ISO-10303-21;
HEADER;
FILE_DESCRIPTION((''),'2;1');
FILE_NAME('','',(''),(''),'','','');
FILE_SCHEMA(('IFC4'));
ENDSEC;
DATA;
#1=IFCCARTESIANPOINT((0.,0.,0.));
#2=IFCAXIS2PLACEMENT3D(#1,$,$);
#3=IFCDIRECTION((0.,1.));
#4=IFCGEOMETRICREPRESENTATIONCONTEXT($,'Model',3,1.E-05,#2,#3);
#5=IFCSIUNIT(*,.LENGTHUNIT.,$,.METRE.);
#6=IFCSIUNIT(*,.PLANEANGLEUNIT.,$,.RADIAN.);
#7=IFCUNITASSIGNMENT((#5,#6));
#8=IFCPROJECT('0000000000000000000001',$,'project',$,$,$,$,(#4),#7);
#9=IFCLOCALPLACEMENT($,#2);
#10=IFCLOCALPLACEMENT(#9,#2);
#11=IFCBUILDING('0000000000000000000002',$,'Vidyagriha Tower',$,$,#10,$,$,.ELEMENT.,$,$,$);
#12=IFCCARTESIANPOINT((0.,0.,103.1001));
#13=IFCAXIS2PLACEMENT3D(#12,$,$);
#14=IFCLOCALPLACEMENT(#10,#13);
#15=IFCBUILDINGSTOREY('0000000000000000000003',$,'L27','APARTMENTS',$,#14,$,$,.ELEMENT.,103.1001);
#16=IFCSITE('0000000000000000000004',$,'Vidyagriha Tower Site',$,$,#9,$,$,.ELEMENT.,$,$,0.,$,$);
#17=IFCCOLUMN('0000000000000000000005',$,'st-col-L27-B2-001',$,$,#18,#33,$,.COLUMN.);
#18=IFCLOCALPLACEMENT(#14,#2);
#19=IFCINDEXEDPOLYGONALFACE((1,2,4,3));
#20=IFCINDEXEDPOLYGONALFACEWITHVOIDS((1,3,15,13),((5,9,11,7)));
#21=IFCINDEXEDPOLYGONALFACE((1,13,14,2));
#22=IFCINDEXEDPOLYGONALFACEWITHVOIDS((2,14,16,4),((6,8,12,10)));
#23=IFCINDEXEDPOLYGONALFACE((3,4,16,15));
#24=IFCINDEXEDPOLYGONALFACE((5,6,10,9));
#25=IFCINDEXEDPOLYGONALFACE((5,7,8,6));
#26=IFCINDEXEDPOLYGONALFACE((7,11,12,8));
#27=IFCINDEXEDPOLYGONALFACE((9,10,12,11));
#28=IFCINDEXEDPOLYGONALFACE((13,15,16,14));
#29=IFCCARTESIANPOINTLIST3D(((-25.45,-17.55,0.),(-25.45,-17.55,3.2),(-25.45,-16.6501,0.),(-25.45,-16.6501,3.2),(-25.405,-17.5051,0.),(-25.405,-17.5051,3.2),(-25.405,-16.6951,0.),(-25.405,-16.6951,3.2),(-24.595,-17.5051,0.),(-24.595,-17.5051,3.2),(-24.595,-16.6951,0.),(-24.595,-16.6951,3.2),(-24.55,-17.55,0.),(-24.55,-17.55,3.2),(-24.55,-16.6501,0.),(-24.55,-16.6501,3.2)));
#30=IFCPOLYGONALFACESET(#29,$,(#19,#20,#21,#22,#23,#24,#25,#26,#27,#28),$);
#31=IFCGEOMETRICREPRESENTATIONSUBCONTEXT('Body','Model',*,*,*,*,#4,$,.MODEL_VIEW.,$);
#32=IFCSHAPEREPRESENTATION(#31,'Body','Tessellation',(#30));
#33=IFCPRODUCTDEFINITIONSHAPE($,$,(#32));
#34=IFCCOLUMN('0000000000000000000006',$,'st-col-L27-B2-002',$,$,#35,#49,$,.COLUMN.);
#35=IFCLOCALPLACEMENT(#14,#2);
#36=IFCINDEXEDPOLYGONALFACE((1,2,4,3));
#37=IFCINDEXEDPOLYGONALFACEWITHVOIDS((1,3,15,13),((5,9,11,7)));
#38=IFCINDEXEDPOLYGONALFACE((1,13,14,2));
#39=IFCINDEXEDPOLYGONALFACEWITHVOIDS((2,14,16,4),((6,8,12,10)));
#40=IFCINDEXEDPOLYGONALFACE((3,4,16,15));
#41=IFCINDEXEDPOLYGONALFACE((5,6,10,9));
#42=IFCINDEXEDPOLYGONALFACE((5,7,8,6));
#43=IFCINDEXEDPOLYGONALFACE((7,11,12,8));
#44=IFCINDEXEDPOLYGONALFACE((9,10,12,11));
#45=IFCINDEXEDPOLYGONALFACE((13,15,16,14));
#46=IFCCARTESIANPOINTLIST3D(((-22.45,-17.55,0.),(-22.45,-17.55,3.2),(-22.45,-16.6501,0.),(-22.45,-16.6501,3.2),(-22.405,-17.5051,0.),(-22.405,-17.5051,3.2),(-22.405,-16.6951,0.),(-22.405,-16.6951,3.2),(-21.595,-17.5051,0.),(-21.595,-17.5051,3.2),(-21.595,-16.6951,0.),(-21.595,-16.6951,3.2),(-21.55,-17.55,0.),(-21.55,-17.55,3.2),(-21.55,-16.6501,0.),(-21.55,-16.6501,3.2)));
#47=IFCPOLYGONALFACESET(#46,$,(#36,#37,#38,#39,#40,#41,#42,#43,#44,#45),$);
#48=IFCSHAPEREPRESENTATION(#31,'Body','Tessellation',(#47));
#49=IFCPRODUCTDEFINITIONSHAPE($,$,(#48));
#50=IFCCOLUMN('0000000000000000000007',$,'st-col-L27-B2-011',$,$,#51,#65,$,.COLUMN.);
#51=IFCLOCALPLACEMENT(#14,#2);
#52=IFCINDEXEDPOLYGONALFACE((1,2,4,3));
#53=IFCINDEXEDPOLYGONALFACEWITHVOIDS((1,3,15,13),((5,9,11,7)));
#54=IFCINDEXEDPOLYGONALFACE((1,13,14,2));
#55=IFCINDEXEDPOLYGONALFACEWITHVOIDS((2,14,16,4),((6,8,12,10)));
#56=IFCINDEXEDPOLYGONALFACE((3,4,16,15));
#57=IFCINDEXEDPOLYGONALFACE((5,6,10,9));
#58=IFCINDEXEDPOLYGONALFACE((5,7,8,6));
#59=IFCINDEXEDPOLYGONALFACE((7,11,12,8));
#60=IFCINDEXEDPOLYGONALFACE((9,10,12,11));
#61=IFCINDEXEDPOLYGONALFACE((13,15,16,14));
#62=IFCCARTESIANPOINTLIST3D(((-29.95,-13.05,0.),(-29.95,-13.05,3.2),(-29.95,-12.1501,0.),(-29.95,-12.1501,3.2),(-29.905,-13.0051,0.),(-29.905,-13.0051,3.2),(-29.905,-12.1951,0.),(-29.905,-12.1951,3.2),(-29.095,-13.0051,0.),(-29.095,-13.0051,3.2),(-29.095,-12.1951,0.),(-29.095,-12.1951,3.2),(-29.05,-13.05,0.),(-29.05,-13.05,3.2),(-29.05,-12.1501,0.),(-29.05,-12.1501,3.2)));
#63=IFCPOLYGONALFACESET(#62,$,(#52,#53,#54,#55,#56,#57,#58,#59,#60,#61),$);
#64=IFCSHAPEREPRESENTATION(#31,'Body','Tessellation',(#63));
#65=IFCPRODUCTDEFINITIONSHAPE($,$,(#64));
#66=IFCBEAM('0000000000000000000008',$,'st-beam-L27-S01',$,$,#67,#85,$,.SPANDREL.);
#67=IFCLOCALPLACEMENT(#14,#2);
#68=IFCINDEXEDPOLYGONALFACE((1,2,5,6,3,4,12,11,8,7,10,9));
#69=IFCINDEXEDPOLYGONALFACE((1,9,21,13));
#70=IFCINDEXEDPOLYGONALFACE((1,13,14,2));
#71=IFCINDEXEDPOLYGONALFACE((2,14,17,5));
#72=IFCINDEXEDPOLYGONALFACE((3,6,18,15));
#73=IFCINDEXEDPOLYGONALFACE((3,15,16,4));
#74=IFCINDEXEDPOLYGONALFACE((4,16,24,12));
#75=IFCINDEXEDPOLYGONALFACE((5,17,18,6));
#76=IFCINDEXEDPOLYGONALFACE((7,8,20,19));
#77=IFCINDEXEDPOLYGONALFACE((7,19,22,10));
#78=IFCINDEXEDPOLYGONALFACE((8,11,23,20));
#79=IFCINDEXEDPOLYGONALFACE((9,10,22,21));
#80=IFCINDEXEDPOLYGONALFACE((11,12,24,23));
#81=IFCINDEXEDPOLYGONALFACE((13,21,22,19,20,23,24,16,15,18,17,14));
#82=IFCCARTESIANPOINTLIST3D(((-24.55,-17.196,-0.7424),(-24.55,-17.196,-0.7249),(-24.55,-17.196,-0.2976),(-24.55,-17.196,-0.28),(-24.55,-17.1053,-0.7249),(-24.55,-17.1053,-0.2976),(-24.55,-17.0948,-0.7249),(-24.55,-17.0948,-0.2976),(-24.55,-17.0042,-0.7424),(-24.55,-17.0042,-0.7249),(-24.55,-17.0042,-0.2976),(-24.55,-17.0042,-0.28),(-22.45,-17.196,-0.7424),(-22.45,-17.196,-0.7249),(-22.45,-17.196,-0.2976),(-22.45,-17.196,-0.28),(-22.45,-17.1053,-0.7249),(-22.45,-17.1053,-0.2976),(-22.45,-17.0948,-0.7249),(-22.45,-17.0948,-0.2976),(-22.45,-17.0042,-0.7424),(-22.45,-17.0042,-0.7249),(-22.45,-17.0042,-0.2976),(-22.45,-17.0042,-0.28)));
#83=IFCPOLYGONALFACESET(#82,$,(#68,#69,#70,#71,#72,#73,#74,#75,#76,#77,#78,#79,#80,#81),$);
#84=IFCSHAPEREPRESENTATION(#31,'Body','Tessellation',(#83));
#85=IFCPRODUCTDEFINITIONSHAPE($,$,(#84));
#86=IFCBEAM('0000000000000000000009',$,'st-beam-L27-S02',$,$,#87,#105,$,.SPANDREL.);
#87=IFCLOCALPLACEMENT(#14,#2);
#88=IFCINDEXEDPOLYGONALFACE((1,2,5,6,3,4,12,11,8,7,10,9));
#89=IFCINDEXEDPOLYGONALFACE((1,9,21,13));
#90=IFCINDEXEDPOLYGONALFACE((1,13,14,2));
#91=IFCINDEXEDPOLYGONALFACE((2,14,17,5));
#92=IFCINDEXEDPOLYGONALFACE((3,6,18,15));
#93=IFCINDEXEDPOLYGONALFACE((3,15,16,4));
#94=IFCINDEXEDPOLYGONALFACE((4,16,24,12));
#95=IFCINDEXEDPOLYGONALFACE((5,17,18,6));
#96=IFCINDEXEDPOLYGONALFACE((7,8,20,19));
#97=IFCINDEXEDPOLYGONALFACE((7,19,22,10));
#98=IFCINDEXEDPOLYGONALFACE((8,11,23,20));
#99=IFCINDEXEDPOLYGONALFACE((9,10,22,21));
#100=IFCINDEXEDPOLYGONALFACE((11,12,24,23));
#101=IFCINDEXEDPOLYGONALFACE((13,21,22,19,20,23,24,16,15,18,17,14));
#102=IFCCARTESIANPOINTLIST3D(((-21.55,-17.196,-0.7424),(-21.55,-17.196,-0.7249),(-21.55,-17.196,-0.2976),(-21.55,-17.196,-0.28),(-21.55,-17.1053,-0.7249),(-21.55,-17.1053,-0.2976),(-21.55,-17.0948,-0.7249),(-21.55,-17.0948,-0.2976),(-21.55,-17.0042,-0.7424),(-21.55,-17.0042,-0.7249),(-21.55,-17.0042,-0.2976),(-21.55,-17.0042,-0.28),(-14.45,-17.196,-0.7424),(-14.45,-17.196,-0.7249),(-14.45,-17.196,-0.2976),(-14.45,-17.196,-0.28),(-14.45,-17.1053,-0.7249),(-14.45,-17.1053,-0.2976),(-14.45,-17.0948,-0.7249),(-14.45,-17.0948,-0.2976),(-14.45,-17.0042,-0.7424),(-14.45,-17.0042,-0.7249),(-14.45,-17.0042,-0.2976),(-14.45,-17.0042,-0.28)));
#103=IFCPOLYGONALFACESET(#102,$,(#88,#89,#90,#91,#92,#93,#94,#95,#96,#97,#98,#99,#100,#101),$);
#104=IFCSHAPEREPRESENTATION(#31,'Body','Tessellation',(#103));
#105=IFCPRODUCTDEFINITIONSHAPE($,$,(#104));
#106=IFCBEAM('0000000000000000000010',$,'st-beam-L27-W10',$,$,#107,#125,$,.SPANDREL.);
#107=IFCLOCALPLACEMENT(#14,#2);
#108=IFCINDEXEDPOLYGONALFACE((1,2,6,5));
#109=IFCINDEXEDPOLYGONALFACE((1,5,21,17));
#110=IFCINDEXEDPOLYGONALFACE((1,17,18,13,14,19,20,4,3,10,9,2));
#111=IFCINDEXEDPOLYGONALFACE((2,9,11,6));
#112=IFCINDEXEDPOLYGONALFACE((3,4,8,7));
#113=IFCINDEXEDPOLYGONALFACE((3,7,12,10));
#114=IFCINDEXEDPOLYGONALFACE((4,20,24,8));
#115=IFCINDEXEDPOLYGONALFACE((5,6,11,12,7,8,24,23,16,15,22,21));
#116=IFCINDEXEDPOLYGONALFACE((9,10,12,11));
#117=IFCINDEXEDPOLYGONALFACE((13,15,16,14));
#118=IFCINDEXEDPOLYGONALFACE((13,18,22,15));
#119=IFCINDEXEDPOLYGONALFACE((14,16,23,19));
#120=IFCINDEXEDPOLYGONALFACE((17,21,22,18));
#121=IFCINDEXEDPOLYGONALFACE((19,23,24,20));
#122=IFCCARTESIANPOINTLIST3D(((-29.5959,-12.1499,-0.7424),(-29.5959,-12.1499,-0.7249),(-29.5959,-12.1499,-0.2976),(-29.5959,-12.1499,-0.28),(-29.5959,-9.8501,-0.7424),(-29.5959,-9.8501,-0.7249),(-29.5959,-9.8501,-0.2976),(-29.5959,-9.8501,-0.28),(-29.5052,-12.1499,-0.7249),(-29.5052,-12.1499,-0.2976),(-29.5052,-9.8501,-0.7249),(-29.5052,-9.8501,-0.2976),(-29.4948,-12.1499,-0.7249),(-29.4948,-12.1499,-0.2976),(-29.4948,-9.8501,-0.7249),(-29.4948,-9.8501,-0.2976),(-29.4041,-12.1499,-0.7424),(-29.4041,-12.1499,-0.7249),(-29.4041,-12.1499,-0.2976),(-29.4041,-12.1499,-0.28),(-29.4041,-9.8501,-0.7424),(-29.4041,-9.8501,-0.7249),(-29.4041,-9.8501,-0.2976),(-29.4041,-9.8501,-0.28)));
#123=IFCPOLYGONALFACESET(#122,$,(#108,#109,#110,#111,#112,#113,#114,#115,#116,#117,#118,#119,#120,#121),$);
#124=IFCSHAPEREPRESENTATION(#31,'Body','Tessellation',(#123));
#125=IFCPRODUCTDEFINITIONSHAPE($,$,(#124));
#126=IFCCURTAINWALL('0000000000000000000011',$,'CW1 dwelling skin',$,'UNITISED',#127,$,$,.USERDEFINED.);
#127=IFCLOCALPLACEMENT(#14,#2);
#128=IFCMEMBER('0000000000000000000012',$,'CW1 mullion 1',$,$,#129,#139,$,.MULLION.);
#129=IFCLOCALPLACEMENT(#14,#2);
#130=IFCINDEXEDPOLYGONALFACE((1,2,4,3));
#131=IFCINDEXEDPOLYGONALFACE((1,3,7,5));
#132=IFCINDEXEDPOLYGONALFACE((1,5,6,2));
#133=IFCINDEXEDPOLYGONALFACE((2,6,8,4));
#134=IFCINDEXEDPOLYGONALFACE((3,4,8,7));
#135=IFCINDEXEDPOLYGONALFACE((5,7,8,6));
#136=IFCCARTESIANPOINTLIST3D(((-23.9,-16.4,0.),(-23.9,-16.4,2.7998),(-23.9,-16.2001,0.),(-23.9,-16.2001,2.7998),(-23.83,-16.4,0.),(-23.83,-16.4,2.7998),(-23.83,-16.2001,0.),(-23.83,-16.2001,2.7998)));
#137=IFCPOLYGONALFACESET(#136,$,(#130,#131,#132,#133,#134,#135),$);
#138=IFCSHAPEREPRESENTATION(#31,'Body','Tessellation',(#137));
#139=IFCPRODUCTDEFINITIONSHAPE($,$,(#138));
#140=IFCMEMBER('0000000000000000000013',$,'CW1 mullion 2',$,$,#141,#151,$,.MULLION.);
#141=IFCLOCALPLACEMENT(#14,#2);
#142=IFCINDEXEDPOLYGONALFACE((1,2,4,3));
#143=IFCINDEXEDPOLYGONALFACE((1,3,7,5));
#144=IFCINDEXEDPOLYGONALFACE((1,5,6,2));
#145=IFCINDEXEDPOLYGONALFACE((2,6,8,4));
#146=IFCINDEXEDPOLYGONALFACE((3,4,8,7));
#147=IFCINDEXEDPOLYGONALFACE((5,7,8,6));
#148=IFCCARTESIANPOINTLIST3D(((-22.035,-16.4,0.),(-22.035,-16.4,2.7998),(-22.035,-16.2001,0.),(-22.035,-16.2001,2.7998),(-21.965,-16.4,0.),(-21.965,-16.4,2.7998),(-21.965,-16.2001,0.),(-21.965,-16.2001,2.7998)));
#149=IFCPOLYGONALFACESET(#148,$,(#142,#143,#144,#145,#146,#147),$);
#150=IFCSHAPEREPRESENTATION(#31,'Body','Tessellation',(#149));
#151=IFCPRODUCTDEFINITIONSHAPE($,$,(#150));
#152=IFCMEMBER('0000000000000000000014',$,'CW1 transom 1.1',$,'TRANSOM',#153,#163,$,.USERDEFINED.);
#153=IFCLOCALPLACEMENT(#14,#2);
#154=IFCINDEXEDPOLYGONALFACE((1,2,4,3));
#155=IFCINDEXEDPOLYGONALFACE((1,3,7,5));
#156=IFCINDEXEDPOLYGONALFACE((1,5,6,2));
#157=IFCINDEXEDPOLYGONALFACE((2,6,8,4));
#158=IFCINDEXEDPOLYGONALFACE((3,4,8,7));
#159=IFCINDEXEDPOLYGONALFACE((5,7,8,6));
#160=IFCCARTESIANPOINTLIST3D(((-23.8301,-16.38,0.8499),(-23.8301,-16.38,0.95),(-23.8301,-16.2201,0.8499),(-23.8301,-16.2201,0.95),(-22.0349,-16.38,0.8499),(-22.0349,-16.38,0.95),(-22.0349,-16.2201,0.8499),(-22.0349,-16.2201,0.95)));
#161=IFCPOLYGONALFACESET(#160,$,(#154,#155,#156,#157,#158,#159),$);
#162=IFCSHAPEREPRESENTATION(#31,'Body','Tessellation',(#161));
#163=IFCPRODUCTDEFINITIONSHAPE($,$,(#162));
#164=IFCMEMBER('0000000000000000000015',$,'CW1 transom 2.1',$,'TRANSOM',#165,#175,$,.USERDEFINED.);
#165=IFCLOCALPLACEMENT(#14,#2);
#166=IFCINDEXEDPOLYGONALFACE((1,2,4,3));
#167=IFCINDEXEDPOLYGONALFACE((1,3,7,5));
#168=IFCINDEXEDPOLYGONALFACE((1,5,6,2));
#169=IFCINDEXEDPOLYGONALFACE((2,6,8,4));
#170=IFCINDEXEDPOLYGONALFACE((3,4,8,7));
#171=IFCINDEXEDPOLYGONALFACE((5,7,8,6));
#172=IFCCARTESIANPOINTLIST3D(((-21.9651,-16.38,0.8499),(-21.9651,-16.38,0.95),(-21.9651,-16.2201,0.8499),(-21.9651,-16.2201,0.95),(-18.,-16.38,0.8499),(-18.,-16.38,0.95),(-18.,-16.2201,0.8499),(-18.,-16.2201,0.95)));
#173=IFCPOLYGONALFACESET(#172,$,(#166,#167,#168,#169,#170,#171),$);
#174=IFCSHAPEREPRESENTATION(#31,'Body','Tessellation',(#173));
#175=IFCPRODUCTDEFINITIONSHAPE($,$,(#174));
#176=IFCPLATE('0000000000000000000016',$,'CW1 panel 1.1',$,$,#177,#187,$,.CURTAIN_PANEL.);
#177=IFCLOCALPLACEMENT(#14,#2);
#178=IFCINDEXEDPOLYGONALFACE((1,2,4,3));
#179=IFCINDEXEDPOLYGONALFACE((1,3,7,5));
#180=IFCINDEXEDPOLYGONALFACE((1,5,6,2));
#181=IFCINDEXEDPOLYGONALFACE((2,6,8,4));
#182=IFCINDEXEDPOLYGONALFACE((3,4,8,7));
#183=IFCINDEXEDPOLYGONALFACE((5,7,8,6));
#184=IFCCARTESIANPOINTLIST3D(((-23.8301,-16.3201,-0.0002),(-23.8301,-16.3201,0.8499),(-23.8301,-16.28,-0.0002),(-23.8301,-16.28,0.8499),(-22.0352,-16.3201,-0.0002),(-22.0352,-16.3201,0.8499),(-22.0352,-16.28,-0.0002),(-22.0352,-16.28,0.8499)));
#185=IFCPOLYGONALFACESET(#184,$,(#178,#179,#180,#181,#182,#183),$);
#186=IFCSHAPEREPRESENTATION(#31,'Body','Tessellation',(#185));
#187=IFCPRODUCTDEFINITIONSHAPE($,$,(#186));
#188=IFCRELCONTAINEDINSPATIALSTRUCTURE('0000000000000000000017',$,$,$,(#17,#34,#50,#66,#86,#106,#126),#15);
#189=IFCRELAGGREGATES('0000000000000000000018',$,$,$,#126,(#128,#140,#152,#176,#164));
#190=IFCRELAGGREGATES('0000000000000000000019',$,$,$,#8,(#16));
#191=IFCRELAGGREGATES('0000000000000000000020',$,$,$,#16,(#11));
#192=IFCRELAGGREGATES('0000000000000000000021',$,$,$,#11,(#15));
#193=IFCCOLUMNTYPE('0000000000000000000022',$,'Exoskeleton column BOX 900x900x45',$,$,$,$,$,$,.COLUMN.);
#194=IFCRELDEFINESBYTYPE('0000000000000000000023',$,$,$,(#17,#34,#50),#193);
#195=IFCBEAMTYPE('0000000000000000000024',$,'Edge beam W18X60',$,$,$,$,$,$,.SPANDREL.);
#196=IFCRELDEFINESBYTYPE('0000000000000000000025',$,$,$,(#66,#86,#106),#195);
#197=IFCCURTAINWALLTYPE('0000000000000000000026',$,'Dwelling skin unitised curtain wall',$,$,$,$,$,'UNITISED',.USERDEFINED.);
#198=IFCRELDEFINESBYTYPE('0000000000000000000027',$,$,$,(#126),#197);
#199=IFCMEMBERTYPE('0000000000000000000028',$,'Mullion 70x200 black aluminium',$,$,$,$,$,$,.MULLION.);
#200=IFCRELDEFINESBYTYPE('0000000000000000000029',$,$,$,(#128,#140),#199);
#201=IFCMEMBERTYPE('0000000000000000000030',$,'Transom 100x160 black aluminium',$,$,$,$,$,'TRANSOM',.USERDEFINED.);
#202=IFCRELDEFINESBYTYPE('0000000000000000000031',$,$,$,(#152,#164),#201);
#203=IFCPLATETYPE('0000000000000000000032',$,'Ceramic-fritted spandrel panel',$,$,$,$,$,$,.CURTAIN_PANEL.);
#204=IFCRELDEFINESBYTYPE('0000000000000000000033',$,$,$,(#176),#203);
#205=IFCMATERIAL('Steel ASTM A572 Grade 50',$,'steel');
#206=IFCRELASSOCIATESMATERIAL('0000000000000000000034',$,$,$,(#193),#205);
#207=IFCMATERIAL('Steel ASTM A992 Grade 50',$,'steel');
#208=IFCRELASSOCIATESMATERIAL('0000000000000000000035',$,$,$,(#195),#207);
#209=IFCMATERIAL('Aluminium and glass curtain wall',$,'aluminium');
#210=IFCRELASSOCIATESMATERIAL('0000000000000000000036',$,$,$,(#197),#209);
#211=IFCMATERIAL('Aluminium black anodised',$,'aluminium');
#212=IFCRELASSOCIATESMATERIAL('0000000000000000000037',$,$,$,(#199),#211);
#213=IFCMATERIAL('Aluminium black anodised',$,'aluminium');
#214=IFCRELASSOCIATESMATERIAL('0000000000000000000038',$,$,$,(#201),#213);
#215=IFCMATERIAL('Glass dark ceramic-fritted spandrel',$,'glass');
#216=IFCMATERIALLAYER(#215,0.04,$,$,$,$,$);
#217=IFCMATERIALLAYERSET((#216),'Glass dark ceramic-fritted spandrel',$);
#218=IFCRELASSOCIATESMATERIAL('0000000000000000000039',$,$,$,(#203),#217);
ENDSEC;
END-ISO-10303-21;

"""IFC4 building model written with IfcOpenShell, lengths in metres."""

from ifc_helpers import new_model, si_unit, direction, frame, origin, origin_2d, place, context, subcontext, project, spatial, rectangle, hollow_rectangle, i_section, extrude, material, layer, layer_set, material_profile, profile_set, type_object, element, aggregate, save


model = new_model("IFC4")

# Units and contexts
model_context = context("Model", 3, precision=1e-05, world=origin(), true_north=direction((0.0, 1.0)))
body_context = subcontext(model_context, "Body", "Model", "MODEL_VIEW")
ifc_project = project(units=[si_unit("LENGTHUNIT", "METRE"), si_unit("PLANEANGLEUNIT", "RADIAN")], contexts=[model_context])

# Site, building, storey
site_placement = place(None, origin())
site = spatial("IfcSite", under=ifc_project, at=site_placement, Name="Vidyagriha Tower Site", CompositionType="ELEMENT", RefElevation=0.0)
building_placement = place(site_placement, origin())
building = spatial("IfcBuilding", under=site, at=building_placement, Name="Vidyagriha Tower", CompositionType="ELEMENT")
storey_placement = place(building_placement, frame((0.0, 0.0, 103.1001)))
storey = spatial("IfcBuildingStorey", under=building, at=storey_placement, Name="L27", Description="APARTMENTS", CompositionType="ELEMENT", Elevation=103.1001)

# Columns
ifc_material_1 = material(Name="Steel ASTM A572 Grade 50", Category="steel")
ifc_material_profile_1 = material_profile(ifc_material_1, hollow_rectangle(XDim=0.8999, YDim=0.8999, WallThickness=0.0449, at=origin_2d()), Name="BOX 900x900x45")
ifc_profile_set_1 = profile_set([ifc_material_profile_1], Name="Steel ASTM A572 Grade 50")
column_type = type_object("IfcColumnType", Name="Exoskeleton column BOX 900x900x45", PredefinedType="COLUMN", material=ifc_profile_set_1)
for number, where, name in (
    (1, (-25.0, -17.1001, 0.0), "st-col-L27-B2-001"),
    (2, (-22.0, -17.1001, 0.0), "st-col-L27-B2-002"),
    (3, (-29.5, -12.6001, 0.0), "st-col-L27-B2-011"),
):
    element("IfcColumn", number, at=place(storey_placement, frame(where)), inside=storey, type_object=column_type, Name=name, PredefinedType="COLUMN", context=body_context, shape_type="SweptSolid", body=[
        extrude(hollow_rectangle(XDim=0.8999, YDim=0.8999, WallThickness=0.0449, at=origin_2d()), origin(), (0.0, 0.0, 1.0), 3.2),
    ])

# Beams
ifc_material_2 = material(Name="Steel ASTM A992 Grade 50", Category="steel")
ifc_material_profile_2 = material_profile(ifc_material_2, i_section(OverallWidth=0.1919, OverallDepth=0.4624, WebThickness=0.0105, FlangeThickness=0.0176, at=origin_2d()), Name="W18X60")
ifc_profile_set_2 = profile_set([ifc_material_profile_2], Name="Steel ASTM A992 Grade 50")
beam_type = type_object("IfcBeamType", Name="Edge beam W18X60", PredefinedType="SPANDREL", material=ifc_profile_set_2)
beam_1_placement = place(storey_placement, frame((-24.55, -17.1001, -0.5112), z_axis=(1.0, 0.0, 0.0), x_axis=(0.0, 1.0, 0.0)))
element("IfcBeam", 4, at=beam_1_placement, inside=storey, type_object=beam_type, Name="st-beam-L27-S01", PredefinedType="SPANDREL", context=body_context, shape_type="SweptSolid", body=[
    extrude(i_section(OverallWidth=0.1919, OverallDepth=0.4624, WebThickness=0.0105, FlangeThickness=0.0176, at=origin_2d()), origin(), (0.0, 0.0, 1.0), 2.1001),
])
beam_2_placement = place(storey_placement, frame((-21.55, -17.1001, -0.5112), z_axis=(1.0, 0.0, 0.0), x_axis=(0.0, 1.0, 0.0)))
element("IfcBeam", 5, at=beam_2_placement, inside=storey, type_object=beam_type, Name="st-beam-L27-S02", PredefinedType="SPANDREL", context=body_context, shape_type="SweptSolid", body=[
    extrude(i_section(OverallWidth=0.1919, OverallDepth=0.4624, WebThickness=0.0105, FlangeThickness=0.0176, at=origin_2d()), origin(), (0.0, 0.0, 1.0), 7.1001),
])
beam_3_placement = place(storey_placement, frame((-29.5, -12.1499, -0.5112), z_axis=(0.0, 1.0, 0.0), x_axis=(-1.0, 0.0, 0.0)))
element("IfcBeam", 6, at=beam_3_placement, inside=storey, type_object=beam_type, Name="st-beam-L27-W10", PredefinedType="SPANDREL", context=body_context, shape_type="SweptSolid", body=[
    extrude(i_section(OverallWidth=0.1919, OverallDepth=0.4624, WebThickness=0.0105, FlangeThickness=0.0176, at=origin_2d()), origin(), (0.0, 0.0, 1.0), 2.2998),
])

# Curtain wall, members, plate
ifc_material_3 = material(Name="Aluminium and glass curtain wall", Category="aluminium")
curtain_wall_type = type_object("IfcCurtainWallType", Name="Dwelling skin unitised curtain wall", ElementType="UNITISED", PredefinedType="USERDEFINED", material=ifc_material_3)
curtain_wall_placement = place(storey_placement, origin())
curtain_wall = element("IfcCurtainWall", 7, at=curtain_wall_placement, inside=storey, type_object=curtain_wall_type, Name="CW1 dwelling skin", ObjectType="UNITISED", PredefinedType="USERDEFINED")
ifc_material_4 = material(Name="Aluminium black anodised", Category="aluminium")
ifc_material_profile_3 = material_profile(ifc_material_4, rectangle(XDim=0.2, YDim=0.0701, at=origin_2d()), Name="Mullion 70x200 black aluminium")
ifc_profile_set_3 = profile_set([ifc_material_profile_3], Name="Aluminium black anodised")
member_type_1 = type_object("IfcMemberType", Name="Mullion 70x200 black aluminium", PredefinedType="MULLION", material=ifc_profile_set_3)
member_1_placement = place(storey_placement, frame((-23.865, -16.3, 0.0), z_axis=(0.0, 0.0, 1.0), x_axis=(0.0, 1.0, 0.0)))
member_1 = element("IfcMember", 8, at=member_1_placement, type_object=member_type_1, Name="CW1 mullion 1", PredefinedType="MULLION", context=body_context, shape_type="SweptSolid", body=[
    extrude(rectangle(XDim=0.2, YDim=0.0701, at=origin_2d()), origin(), (0.0, 0.0, 1.0), 2.7998),
])
member_2_placement = place(storey_placement, frame((-22.0, -16.3, 0.0), z_axis=(0.0, 0.0, 1.0), x_axis=(0.0, 1.0, 0.0)))
member_2 = element("IfcMember", 9, at=member_2_placement, type_object=member_type_1, Name="CW1 mullion 2", PredefinedType="MULLION", context=body_context, shape_type="SweptSolid", body=[
    extrude(rectangle(XDim=0.2, YDim=0.0701, at=origin_2d()), origin(), (0.0, 0.0, 1.0), 2.7998),
])
ifc_material_5 = material(Name="Aluminium black anodised", Category="aluminium")
ifc_material_profile_4 = material_profile(ifc_material_5, rectangle(XDim=0.1599, YDim=0.1001, at=origin_2d()), Name="Transom 100x160 black aluminium")
ifc_profile_set_4 = profile_set([ifc_material_profile_4], Name="Aluminium black anodised")
member_type_2 = type_object("IfcMemberType", Name="Transom 100x160 black aluminium", ElementType="TRANSOM", PredefinedType="USERDEFINED", material=ifc_profile_set_4)
member_3_placement = place(storey_placement, frame((-23.8301, -16.3, 0.8999), z_axis=(1.0, 0.0, 0.0), x_axis=(0.0, 1.0, 0.0)))
member_3 = element("IfcMember", 10, at=member_3_placement, type_object=member_type_2, Name="CW1 transom 1.1", ObjectType="TRANSOM", PredefinedType="USERDEFINED", context=body_context, shape_type="SweptSolid", body=[
    extrude(rectangle(XDim=0.1599, YDim=0.1001, at=origin_2d()), origin(), (0.0, 0.0, 1.0), 1.7952),
])
member_4_placement = place(storey_placement, frame((-21.9651, -16.3, 0.8999), z_axis=(1.0, 0.0, 0.0), x_axis=(0.0, 1.0, 0.0)))
member_4 = element("IfcMember", 11, at=member_4_placement, type_object=member_type_2, Name="CW1 transom 2.1", ObjectType="TRANSOM", PredefinedType="USERDEFINED", context=body_context, shape_type="SweptSolid", body=[
    extrude(rectangle(XDim=0.1599, YDim=0.1001, at=origin_2d()), origin(), (0.0, 0.0, 1.0), 3.9651),
])
ifc_material_6 = material(Name="Glass dark ceramic-fritted spandrel", Category="glass")
ifc_layer_1 = layer(ifc_material_6, 0.04)
ifc_layer_set_1 = layer_set([ifc_layer_1], Name="Glass dark ceramic-fritted spandrel")
plate_type_1 = type_object("IfcPlateType", Name="Ceramic-fritted spandrel panel", PredefinedType="CURTAIN_PANEL", material=ifc_layer_set_1)
plate_1_placement = place(storey_placement, frame((-22.9326, -16.3, -0.0002)))
plate_1 = element("IfcPlate", 12, at=plate_1_placement, type_object=plate_type_1, Name="CW1 panel 1.1", PredefinedType="CURTAIN_PANEL", context=body_context, shape_type="SweptSolid", body=[
    extrude(rectangle(XDim=1.7949, YDim=0.04, at=origin_2d()), origin(), (0.0, 0.0, 1.0), 0.8501),
])
aggregate(curtain_wall, [member_1, member_2, member_3, plate_1, member_4])

save(model, "model.ifc")
